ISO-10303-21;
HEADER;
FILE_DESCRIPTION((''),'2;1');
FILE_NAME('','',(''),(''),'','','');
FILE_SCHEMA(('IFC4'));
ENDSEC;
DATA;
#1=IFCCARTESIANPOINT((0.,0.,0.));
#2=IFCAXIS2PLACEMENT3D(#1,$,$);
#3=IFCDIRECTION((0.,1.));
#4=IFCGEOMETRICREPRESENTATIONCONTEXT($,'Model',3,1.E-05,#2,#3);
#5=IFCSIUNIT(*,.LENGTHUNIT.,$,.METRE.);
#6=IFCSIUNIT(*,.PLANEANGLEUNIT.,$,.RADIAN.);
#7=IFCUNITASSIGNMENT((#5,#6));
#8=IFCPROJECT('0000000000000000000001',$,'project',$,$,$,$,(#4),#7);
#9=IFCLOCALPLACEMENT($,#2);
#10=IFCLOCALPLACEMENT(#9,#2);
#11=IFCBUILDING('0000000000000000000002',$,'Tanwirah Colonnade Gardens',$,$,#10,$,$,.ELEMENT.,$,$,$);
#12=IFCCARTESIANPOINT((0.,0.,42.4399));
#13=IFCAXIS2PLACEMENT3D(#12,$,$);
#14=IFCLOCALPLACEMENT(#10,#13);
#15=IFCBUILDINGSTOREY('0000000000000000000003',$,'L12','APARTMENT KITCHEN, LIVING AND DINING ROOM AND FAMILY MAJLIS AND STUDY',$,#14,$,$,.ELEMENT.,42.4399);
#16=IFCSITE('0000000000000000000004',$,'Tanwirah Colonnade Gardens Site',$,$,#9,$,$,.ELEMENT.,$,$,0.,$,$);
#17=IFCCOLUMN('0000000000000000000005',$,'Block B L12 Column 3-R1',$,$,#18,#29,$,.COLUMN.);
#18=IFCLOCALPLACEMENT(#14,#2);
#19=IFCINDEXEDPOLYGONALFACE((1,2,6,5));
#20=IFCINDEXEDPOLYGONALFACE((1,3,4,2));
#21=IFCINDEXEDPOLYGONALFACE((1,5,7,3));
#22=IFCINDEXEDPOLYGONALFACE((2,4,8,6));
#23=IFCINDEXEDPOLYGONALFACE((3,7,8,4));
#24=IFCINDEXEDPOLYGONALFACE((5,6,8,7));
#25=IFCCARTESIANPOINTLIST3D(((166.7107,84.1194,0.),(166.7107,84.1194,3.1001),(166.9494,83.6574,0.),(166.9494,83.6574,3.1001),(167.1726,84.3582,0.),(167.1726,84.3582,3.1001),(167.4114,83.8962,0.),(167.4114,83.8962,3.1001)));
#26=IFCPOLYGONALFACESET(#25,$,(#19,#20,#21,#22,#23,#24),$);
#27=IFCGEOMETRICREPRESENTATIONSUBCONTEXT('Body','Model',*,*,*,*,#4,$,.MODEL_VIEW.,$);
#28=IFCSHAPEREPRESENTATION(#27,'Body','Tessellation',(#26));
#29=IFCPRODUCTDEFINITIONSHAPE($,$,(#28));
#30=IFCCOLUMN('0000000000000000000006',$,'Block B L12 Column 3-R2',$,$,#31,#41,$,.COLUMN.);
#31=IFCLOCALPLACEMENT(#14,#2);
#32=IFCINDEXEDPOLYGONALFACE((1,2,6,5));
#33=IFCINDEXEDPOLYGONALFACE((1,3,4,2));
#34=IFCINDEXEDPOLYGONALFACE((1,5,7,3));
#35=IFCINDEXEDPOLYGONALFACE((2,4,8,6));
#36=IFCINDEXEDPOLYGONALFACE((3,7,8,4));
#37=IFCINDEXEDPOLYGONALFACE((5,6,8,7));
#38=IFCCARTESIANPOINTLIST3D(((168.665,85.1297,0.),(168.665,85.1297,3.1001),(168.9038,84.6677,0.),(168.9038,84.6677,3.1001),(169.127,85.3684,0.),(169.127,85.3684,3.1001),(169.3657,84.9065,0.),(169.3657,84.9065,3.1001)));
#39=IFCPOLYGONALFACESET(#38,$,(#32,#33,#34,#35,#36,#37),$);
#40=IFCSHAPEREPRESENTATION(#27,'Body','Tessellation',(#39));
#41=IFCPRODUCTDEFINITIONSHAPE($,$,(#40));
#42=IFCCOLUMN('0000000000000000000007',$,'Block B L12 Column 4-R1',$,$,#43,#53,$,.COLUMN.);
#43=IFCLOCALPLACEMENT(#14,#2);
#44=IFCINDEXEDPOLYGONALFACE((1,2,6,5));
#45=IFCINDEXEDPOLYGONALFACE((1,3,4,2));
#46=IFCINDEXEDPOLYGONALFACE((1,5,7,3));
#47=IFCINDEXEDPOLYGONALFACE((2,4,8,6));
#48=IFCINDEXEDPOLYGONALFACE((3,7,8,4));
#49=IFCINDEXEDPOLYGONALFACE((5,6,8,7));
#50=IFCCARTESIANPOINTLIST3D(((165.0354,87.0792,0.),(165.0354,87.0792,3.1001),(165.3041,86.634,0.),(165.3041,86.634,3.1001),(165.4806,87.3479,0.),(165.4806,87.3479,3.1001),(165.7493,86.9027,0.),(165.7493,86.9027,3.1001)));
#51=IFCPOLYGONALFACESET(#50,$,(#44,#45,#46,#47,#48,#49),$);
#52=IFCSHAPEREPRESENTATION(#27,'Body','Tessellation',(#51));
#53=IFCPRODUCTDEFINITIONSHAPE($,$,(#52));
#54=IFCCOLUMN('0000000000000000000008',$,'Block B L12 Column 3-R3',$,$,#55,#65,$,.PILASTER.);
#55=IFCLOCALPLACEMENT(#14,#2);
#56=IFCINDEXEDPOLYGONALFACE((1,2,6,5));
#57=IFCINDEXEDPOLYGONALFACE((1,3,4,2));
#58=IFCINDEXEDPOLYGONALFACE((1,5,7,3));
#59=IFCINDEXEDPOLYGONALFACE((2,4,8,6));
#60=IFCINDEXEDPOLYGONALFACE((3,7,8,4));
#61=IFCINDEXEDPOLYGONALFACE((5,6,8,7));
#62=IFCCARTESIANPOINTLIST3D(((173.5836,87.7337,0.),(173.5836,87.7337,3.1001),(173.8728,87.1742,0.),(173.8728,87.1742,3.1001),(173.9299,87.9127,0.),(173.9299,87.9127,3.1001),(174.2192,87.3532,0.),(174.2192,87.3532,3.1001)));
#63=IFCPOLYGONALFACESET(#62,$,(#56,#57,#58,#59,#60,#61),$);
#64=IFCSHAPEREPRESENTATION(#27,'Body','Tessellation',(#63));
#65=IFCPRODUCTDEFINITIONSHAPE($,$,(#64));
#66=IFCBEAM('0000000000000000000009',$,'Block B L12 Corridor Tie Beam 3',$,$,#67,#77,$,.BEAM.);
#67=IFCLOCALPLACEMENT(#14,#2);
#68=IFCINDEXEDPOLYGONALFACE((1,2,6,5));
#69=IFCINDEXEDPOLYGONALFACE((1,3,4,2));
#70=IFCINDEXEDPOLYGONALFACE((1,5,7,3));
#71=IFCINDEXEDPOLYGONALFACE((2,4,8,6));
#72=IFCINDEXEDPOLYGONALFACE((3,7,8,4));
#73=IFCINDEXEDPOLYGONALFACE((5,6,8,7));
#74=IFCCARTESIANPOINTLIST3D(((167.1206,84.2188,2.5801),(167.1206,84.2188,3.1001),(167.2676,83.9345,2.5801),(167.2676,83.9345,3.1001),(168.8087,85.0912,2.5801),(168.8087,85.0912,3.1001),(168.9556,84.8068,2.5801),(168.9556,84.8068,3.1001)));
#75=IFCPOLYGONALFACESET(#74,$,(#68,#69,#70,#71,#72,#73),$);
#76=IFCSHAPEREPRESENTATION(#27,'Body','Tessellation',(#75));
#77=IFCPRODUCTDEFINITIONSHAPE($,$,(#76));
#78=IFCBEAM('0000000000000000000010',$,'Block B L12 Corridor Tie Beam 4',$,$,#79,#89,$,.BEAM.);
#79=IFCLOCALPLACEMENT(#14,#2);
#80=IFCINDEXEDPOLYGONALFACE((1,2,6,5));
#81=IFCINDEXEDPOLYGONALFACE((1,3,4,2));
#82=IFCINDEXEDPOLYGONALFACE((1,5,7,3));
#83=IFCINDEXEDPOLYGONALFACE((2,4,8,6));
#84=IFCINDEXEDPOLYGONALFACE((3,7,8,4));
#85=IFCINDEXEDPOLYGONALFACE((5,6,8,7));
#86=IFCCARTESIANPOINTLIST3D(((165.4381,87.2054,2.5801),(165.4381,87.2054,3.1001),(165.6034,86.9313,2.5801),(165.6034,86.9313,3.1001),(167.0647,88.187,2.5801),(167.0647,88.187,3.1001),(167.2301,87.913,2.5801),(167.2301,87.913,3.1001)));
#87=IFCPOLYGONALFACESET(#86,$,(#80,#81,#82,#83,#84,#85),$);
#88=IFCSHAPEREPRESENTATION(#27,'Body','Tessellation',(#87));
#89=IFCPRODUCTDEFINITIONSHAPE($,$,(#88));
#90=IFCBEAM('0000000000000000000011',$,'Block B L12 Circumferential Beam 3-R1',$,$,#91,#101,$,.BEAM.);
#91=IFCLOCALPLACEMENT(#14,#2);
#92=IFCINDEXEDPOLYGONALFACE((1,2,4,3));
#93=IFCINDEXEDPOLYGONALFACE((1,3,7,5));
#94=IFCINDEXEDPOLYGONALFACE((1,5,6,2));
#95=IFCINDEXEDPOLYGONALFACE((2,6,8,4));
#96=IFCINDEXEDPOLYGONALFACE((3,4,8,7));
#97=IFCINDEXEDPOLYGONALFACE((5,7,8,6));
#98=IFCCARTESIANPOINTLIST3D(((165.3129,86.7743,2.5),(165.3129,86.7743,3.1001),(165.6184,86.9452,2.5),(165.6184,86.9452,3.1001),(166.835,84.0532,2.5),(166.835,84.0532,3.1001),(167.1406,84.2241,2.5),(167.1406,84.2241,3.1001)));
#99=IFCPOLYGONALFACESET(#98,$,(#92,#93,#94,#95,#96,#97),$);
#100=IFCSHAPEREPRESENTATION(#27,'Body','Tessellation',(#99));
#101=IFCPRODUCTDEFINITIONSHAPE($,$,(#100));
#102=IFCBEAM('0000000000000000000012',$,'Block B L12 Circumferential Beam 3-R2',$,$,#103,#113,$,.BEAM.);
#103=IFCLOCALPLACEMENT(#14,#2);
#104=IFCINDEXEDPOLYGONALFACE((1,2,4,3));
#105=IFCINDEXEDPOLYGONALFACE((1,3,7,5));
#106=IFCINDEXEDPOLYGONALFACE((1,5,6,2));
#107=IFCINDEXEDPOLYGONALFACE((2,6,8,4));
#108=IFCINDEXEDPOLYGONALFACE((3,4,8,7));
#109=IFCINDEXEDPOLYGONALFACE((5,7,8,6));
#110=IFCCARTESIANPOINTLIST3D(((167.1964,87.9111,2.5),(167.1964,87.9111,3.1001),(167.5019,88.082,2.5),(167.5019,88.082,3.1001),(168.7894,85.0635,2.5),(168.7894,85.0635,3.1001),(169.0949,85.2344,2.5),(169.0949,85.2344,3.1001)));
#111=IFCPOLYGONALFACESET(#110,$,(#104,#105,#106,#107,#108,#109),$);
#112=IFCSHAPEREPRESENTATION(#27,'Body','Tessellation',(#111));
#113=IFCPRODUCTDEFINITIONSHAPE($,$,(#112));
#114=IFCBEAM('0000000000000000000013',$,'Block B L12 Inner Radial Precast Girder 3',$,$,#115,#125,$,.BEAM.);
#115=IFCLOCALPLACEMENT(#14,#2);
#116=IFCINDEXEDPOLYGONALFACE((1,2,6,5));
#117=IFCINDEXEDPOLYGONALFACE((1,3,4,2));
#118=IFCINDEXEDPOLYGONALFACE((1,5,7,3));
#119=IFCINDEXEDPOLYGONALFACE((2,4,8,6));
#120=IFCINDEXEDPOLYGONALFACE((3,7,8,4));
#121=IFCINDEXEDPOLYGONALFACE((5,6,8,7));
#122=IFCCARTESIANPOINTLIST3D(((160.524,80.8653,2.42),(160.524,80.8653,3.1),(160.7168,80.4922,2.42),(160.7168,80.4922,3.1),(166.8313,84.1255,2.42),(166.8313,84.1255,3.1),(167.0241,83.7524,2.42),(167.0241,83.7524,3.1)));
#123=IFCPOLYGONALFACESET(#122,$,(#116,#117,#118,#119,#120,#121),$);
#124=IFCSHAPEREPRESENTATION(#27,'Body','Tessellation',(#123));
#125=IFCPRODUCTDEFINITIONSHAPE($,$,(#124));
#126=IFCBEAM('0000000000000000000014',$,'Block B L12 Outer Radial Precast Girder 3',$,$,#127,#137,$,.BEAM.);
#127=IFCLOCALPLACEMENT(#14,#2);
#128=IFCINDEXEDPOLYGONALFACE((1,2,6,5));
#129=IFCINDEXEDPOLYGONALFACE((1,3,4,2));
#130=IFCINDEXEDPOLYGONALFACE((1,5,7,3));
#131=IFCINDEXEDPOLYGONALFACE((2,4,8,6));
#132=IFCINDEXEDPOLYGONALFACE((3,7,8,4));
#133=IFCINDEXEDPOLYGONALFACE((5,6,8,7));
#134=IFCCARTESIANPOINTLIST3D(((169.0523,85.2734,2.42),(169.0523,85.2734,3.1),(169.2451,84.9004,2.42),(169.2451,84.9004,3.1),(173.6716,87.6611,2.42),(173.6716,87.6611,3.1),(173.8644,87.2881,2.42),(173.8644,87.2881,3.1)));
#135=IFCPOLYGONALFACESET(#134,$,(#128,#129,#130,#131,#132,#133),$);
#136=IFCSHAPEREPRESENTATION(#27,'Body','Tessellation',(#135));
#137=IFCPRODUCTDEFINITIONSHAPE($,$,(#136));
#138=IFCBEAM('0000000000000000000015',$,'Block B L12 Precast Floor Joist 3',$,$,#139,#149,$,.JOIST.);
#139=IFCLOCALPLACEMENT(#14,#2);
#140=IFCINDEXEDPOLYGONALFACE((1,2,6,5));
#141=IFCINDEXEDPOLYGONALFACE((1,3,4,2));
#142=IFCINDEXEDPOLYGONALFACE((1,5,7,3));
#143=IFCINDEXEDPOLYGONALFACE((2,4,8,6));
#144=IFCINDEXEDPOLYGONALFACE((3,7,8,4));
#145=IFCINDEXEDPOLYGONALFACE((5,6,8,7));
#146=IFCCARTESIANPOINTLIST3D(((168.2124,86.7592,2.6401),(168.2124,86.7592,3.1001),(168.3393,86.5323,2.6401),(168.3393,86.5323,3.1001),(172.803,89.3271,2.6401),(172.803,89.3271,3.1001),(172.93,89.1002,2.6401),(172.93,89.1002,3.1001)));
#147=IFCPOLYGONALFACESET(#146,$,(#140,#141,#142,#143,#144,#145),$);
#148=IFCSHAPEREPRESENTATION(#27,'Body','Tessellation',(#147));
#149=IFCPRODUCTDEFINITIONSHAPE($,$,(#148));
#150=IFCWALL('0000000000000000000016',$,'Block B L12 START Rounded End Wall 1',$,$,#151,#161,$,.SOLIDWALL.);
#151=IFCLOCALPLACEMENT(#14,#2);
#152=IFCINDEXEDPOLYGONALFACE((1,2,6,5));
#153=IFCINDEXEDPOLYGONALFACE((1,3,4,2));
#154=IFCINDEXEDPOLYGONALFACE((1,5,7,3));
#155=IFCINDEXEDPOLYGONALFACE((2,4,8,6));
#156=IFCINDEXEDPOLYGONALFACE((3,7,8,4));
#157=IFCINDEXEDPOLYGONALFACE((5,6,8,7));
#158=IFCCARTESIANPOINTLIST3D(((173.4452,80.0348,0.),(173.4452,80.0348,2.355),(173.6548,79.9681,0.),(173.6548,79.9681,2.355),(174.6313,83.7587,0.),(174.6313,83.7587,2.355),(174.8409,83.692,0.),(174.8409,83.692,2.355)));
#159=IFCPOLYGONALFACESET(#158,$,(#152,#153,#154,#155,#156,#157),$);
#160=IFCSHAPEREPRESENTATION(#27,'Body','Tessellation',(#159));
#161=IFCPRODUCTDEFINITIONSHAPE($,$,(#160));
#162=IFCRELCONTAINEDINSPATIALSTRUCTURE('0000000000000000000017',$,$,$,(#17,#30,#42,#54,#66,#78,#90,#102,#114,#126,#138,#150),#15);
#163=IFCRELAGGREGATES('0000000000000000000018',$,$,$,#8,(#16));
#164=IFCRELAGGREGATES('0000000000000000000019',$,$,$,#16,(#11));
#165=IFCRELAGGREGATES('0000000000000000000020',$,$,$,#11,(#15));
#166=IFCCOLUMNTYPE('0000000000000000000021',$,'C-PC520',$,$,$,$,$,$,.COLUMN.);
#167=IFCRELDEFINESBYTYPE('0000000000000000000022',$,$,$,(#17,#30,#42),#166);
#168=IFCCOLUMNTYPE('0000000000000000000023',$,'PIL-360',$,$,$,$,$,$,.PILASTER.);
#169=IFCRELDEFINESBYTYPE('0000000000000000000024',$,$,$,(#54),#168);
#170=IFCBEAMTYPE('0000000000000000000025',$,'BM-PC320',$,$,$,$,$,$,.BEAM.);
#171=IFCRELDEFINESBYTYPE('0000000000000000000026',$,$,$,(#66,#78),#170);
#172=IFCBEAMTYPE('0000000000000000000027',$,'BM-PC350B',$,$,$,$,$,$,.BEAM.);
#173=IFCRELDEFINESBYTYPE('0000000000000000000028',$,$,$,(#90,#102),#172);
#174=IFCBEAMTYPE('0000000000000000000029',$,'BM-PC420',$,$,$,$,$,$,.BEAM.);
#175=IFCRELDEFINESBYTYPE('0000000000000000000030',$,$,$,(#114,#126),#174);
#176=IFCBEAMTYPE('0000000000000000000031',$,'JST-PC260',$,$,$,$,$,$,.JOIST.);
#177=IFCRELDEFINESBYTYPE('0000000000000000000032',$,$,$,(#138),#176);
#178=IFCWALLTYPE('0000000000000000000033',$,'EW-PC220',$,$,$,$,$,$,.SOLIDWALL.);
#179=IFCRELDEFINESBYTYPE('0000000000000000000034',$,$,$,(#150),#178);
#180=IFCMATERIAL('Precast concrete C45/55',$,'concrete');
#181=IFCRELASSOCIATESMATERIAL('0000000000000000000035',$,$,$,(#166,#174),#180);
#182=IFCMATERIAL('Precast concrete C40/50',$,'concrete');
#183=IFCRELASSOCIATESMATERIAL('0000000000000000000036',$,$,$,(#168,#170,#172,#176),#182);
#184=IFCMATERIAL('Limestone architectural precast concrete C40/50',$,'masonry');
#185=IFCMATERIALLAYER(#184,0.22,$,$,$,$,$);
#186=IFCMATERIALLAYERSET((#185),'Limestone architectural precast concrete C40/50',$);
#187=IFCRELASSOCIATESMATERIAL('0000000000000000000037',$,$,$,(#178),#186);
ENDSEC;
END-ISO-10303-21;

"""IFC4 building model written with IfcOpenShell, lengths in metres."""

from ifc_helpers import new_model, si_unit, direction, frame, frame_2d, origin, origin_2d, place, context, subcontext, project, spatial, rectangle, extrude, material, layer, layer_set, material_profile, profile_set, type_object, element, save


model = new_model("IFC4")

# Units and contexts
model_context = context("Model", 3, precision=1e-05, world=origin(), true_north=direction((0.0, 1.0)))
body_context = subcontext(model_context, "Body", "Model", "MODEL_VIEW")
ifc_project = project(units=[si_unit("LENGTHUNIT", "METRE"), si_unit("PLANEANGLEUNIT", "RADIAN")], contexts=[model_context])

# Site, building, storey
site_placement = place(None, origin())
site = spatial("IfcSite", under=ifc_project, at=site_placement, Name="Tanwirah Colonnade Gardens Site", CompositionType="ELEMENT", RefElevation=0.0)
building_placement = place(site_placement, origin())
building = spatial("IfcBuilding", under=site, at=building_placement, Name="Tanwirah Colonnade Gardens", CompositionType="ELEMENT")
storey_placement = place(building_placement, frame((0.0, 0.0, 42.4399)))
storey = spatial("IfcBuildingStorey", under=building, at=storey_placement, Name="L12", Description="APARTMENT KITCHEN, LIVING AND DINING ROOM AND FAMILY MAJLIS AND STUDY", CompositionType="ELEMENT", Elevation=42.4399)

# Columns
ifc_material_1 = material(Name="Precast concrete C45/55", Category="concrete")
ifc_material_profile_1 = material_profile(ifc_material_1, rectangle(XDim=0.52, YDim=0.52, at=origin_2d()), Name="PC-COL 520x520")
ifc_profile_set_1 = profile_set([ifc_material_profile_1], Name="Precast concrete C45/55")
column_type_1 = type_object("IfcColumnType", Name="C-PC520", PredefinedType="COLUMN", material=ifc_profile_set_1)
for number, where, z_axis, x_axis, name in (
    (1, (167.061, 84.0078, 0.0), (0.0, 0.0, 1.0), (0.88835, 0.459166, 0.0), "Block B L12 Column 3-R1"),
    (2, (169.0154, 85.0181, 0.0), (0.0, 0.0, 1.0), (0.88835, 0.459166, 0.0), "Block B L12 Column 3-R2"),
    (3, (165.3923, 86.991, 0.0), (0.0, 0.0, 1.0), (0.856167, 0.516699, 0.0), "Block B L12 Column 4-R1"),
):
    element("IfcColumn", number, at=place(storey_placement, frame(where, z_axis=z_axis, x_axis=x_axis)), inside=storey, type_object=column_type_1, Name=name, PredefinedType="COLUMN", context=body_context, shape_type="SweptSolid", body=[
        extrude(rectangle(XDim=0.52, YDim=0.52, at=origin_2d()), origin(), (0.0, 0.0, 1.0), 3.1001),
    ])
ifc_material_2 = material(Name="Precast concrete C40/50", Category="concrete")
ifc_material_profile_2 = material_profile(ifc_material_2, rectangle(XDim=0.3899, YDim=0.6299, at=origin_2d()), Name="PC-PIL 390x630")
ifc_profile_set_2 = profile_set([ifc_material_profile_2], Name="Precast concrete C40/50")
column_type_2 = type_object("IfcColumnType", Name="PIL-360", PredefinedType="PILASTER", material=ifc_profile_set_2)
column_placement = place(storey_placement, frame((173.9014, 87.5435, 0.0), z_axis=(0.0, 0.0, 1.0), x_axis=(0.88835, 0.459166, 0.0)))
element("IfcColumn", 4, at=column_placement, inside=storey, type_object=column_type_2, Name="Block B L12 Column 3-R3", PredefinedType="PILASTER", context=body_context, shape_type="SweptSolid", body=[
    extrude(rectangle(XDim=0.3899, YDim=0.6299, at=origin_2d()), origin(), (0.0, 0.0, 1.0), 3.1001),
])

# Beams
ifc_material_profile_3 = material_profile(ifc_material_2, rectangle(XDim=0.3201, YDim=0.52, at=origin_2d()), Name="PC-BM 320x520")
ifc_profile_set_3 = profile_set([ifc_material_profile_3], Name="Precast concrete C40/50")
beam_type_1 = type_object("IfcBeamType", Name="BM-PC320", PredefinedType="BEAM", material=ifc_profile_set_3)
beam_1_placement = place(storey_placement, frame((167.1941, 84.0767, 2.8401), z_axis=(0.888386, 0.459098, 0.0), x_axis=(-0.459098, 0.888386, 0.0)))
element("IfcBeam", 5, at=beam_1_placement, inside=storey, type_object=beam_type_1, Name="Block B L12 Corridor Tie Beam 3", PredefinedType="BEAM", context=body_context, shape_type="SweptSolid", body=[
    extrude(rectangle(XDim=0.3201, YDim=0.52, at=origin_2d()), origin(), (0.0, 0.0, 1.0), 1.9001),
])
beam_2_placement = place(storey_placement, frame((165.5208, 87.0684, 2.8401), z_axis=(0.856175, 0.516686, 0.0), x_axis=(-0.516686, 0.856175, 0.0)))
element("IfcBeam", 6, at=beam_2_placement, inside=storey, type_object=beam_type_1, Name="Block B L12 Corridor Tie Beam 4", PredefinedType="BEAM", context=body_context, shape_type="SweptSolid", body=[
    extrude(rectangle(XDim=0.3201, YDim=0.52, at=origin_2d()), origin(), (0.0, 0.0, 1.0), 1.8999),
])
ifc_material_profile_4 = material_profile(ifc_material_2, rectangle(XDim=0.3501, YDim=0.6001, at=origin_2d()), Name="PC-BM 350x600")
ifc_profile_set_4 = profile_set([ifc_material_profile_4], Name="Precast concrete C40/50")
beam_type_2 = type_object("IfcBeamType", Name="BM-PC350B", PredefinedType="BEAM", material=ifc_profile_set_4)
beam_3_placement = place(storey_placement, frame((166.9878, 84.1387, 2.8), z_axis=(-0.4882, 0.872732, 0.0), x_axis=(-0.872732, -0.4882, 0.0)))
element("IfcBeam", 7, at=beam_3_placement, inside=storey, type_object=beam_type_2, Name="Block B L12 Circumferential Beam 3-R1", PredefinedType="BEAM", context=body_context, shape_type="SweptSolid", body=[
    extrude(rectangle(XDim=0.3501, YDim=0.6001, at=origin_2d()), origin(), (0.0, 0.0, 1.0), 3.1179),
])
beam_4_placement = place(storey_placement, frame((168.9421, 85.1489, 2.8), z_axis=(-0.488214, 0.872724, 0.0), x_axis=(-0.872724, -0.488214, 0.0)))
element("IfcBeam", 8, at=beam_4_placement, inside=storey, type_object=beam_type_2, Name="Block B L12 Circumferential Beam 3-R2", PredefinedType="BEAM", context=body_context, shape_type="SweptSolid", body=[
    extrude(rectangle(XDim=0.3501, YDim=0.6001, at=origin_2d()), origin(), (0.0, 0.0, 1.0), 3.2629),
])
ifc_material_profile_5 = material_profile(ifc_material_1, rectangle(XDim=0.4199, YDim=0.6799, at=origin_2d()), Name="PC-BM 420x680")
ifc_profile_set_5 = profile_set([ifc_material_profile_5], Name="Precast concrete C45/55")
beam_type_3 = type_object("IfcBeamType", Name="BM-PC420", PredefinedType="BEAM", material=ifc_profile_set_5)
beam_5_placement = place(storey_placement, frame((166.9277, 83.939, 2.76), z_axis=(-0.888343, -0.459181, 0.0), x_axis=(0.459181, -0.888343, 0.0)))
element("IfcBeam", 9, at=beam_5_placement, inside=storey, type_object=beam_type_3, Name="Block B L12 Inner Radial Precast Girder 3", PredefinedType="BEAM", context=body_context, shape_type="SweptSolid", body=[
    extrude(rectangle(XDim=0.4199, YDim=0.6799, at=origin_2d()), origin(), (0.0, 0.0, 1.0), 7.1001),
])
beam_6_placement = place(storey_placement, frame((169.1487, 85.0869, 2.76), z_axis=(0.888346, 0.459174, 0.0), x_axis=(-0.459174, 0.888346, 0.0)))
element("IfcBeam", 10, at=beam_6_placement, inside=storey, type_object=beam_type_3, Name="Block B L12 Outer Radial Precast Girder 3", PredefinedType="BEAM", context=body_context, shape_type="SweptSolid", body=[
    extrude(rectangle(XDim=0.4199, YDim=0.6799, at=origin_2d()), origin(), (0.0, 0.0, 1.0), 5.2),
])
ifc_material_profile_6 = material_profile(ifc_material_2, rectangle(XDim=0.26, YDim=0.46, at=origin_2d()), Name="PC-JST 260x460")
ifc_profile_set_6 = profile_set([ifc_material_profile_6], Name="Precast concrete C40/50")
beam_type_4 = type_object("IfcBeamType", Name="JST-PC260", PredefinedType="JOIST", material=ifc_profile_set_6)
beam_7_placement = place(storey_placement, frame((168.2759, 86.6458, 2.8701), z_axis=(0.872737, 0.488191, 0.0), x_axis=(-0.488191, 0.872737, 0.0)))
element("IfcBeam", 11, at=beam_7_placement, inside=storey, type_object=beam_type_4, Name="Block B L12 Precast Floor Joist 3", PredefinedType="JOIST", context=body_context, shape_type="SweptSolid", body=[
    extrude(rectangle(XDim=0.26, YDim=0.46, at=origin_2d()), origin(), (0.0, 0.0, 1.0), 5.26),
])

# Wall
ifc_material_3 = material(Name="Limestone architectural precast concrete C40/50", Category="masonry")
ifc_layer_1 = layer(ifc_material_3, 0.22)
ifc_layer_set_1 = layer_set([ifc_layer_1], Name="Limestone architectural precast concrete C40/50")
wall_type_1 = type_object("IfcWallType", Name="EW-PC220", PredefinedType="SOLIDWALL", material=ifc_layer_set_1)
wall_1_placement = place(storey_placement, frame((174.7361, 83.7253, 0.0), z_axis=(0.0, 0.0, 1.0), x_axis=(-0.303474, -0.95284, 0.0)))
element("IfcWall", 12, at=wall_1_placement, inside=storey, type_object=wall_type_1, Name="Block B L12 START Rounded End Wall 1", PredefinedType="SOLIDWALL", context=body_context, shape_type="SweptSolid", body=[
    extrude(rectangle(XDim=3.9082, YDim=0.22, at=frame_2d((1.9541, 0.0))), origin(), (0.0, 0.0, 1.0), 2.355),
])

save(model, "model.ifc")
